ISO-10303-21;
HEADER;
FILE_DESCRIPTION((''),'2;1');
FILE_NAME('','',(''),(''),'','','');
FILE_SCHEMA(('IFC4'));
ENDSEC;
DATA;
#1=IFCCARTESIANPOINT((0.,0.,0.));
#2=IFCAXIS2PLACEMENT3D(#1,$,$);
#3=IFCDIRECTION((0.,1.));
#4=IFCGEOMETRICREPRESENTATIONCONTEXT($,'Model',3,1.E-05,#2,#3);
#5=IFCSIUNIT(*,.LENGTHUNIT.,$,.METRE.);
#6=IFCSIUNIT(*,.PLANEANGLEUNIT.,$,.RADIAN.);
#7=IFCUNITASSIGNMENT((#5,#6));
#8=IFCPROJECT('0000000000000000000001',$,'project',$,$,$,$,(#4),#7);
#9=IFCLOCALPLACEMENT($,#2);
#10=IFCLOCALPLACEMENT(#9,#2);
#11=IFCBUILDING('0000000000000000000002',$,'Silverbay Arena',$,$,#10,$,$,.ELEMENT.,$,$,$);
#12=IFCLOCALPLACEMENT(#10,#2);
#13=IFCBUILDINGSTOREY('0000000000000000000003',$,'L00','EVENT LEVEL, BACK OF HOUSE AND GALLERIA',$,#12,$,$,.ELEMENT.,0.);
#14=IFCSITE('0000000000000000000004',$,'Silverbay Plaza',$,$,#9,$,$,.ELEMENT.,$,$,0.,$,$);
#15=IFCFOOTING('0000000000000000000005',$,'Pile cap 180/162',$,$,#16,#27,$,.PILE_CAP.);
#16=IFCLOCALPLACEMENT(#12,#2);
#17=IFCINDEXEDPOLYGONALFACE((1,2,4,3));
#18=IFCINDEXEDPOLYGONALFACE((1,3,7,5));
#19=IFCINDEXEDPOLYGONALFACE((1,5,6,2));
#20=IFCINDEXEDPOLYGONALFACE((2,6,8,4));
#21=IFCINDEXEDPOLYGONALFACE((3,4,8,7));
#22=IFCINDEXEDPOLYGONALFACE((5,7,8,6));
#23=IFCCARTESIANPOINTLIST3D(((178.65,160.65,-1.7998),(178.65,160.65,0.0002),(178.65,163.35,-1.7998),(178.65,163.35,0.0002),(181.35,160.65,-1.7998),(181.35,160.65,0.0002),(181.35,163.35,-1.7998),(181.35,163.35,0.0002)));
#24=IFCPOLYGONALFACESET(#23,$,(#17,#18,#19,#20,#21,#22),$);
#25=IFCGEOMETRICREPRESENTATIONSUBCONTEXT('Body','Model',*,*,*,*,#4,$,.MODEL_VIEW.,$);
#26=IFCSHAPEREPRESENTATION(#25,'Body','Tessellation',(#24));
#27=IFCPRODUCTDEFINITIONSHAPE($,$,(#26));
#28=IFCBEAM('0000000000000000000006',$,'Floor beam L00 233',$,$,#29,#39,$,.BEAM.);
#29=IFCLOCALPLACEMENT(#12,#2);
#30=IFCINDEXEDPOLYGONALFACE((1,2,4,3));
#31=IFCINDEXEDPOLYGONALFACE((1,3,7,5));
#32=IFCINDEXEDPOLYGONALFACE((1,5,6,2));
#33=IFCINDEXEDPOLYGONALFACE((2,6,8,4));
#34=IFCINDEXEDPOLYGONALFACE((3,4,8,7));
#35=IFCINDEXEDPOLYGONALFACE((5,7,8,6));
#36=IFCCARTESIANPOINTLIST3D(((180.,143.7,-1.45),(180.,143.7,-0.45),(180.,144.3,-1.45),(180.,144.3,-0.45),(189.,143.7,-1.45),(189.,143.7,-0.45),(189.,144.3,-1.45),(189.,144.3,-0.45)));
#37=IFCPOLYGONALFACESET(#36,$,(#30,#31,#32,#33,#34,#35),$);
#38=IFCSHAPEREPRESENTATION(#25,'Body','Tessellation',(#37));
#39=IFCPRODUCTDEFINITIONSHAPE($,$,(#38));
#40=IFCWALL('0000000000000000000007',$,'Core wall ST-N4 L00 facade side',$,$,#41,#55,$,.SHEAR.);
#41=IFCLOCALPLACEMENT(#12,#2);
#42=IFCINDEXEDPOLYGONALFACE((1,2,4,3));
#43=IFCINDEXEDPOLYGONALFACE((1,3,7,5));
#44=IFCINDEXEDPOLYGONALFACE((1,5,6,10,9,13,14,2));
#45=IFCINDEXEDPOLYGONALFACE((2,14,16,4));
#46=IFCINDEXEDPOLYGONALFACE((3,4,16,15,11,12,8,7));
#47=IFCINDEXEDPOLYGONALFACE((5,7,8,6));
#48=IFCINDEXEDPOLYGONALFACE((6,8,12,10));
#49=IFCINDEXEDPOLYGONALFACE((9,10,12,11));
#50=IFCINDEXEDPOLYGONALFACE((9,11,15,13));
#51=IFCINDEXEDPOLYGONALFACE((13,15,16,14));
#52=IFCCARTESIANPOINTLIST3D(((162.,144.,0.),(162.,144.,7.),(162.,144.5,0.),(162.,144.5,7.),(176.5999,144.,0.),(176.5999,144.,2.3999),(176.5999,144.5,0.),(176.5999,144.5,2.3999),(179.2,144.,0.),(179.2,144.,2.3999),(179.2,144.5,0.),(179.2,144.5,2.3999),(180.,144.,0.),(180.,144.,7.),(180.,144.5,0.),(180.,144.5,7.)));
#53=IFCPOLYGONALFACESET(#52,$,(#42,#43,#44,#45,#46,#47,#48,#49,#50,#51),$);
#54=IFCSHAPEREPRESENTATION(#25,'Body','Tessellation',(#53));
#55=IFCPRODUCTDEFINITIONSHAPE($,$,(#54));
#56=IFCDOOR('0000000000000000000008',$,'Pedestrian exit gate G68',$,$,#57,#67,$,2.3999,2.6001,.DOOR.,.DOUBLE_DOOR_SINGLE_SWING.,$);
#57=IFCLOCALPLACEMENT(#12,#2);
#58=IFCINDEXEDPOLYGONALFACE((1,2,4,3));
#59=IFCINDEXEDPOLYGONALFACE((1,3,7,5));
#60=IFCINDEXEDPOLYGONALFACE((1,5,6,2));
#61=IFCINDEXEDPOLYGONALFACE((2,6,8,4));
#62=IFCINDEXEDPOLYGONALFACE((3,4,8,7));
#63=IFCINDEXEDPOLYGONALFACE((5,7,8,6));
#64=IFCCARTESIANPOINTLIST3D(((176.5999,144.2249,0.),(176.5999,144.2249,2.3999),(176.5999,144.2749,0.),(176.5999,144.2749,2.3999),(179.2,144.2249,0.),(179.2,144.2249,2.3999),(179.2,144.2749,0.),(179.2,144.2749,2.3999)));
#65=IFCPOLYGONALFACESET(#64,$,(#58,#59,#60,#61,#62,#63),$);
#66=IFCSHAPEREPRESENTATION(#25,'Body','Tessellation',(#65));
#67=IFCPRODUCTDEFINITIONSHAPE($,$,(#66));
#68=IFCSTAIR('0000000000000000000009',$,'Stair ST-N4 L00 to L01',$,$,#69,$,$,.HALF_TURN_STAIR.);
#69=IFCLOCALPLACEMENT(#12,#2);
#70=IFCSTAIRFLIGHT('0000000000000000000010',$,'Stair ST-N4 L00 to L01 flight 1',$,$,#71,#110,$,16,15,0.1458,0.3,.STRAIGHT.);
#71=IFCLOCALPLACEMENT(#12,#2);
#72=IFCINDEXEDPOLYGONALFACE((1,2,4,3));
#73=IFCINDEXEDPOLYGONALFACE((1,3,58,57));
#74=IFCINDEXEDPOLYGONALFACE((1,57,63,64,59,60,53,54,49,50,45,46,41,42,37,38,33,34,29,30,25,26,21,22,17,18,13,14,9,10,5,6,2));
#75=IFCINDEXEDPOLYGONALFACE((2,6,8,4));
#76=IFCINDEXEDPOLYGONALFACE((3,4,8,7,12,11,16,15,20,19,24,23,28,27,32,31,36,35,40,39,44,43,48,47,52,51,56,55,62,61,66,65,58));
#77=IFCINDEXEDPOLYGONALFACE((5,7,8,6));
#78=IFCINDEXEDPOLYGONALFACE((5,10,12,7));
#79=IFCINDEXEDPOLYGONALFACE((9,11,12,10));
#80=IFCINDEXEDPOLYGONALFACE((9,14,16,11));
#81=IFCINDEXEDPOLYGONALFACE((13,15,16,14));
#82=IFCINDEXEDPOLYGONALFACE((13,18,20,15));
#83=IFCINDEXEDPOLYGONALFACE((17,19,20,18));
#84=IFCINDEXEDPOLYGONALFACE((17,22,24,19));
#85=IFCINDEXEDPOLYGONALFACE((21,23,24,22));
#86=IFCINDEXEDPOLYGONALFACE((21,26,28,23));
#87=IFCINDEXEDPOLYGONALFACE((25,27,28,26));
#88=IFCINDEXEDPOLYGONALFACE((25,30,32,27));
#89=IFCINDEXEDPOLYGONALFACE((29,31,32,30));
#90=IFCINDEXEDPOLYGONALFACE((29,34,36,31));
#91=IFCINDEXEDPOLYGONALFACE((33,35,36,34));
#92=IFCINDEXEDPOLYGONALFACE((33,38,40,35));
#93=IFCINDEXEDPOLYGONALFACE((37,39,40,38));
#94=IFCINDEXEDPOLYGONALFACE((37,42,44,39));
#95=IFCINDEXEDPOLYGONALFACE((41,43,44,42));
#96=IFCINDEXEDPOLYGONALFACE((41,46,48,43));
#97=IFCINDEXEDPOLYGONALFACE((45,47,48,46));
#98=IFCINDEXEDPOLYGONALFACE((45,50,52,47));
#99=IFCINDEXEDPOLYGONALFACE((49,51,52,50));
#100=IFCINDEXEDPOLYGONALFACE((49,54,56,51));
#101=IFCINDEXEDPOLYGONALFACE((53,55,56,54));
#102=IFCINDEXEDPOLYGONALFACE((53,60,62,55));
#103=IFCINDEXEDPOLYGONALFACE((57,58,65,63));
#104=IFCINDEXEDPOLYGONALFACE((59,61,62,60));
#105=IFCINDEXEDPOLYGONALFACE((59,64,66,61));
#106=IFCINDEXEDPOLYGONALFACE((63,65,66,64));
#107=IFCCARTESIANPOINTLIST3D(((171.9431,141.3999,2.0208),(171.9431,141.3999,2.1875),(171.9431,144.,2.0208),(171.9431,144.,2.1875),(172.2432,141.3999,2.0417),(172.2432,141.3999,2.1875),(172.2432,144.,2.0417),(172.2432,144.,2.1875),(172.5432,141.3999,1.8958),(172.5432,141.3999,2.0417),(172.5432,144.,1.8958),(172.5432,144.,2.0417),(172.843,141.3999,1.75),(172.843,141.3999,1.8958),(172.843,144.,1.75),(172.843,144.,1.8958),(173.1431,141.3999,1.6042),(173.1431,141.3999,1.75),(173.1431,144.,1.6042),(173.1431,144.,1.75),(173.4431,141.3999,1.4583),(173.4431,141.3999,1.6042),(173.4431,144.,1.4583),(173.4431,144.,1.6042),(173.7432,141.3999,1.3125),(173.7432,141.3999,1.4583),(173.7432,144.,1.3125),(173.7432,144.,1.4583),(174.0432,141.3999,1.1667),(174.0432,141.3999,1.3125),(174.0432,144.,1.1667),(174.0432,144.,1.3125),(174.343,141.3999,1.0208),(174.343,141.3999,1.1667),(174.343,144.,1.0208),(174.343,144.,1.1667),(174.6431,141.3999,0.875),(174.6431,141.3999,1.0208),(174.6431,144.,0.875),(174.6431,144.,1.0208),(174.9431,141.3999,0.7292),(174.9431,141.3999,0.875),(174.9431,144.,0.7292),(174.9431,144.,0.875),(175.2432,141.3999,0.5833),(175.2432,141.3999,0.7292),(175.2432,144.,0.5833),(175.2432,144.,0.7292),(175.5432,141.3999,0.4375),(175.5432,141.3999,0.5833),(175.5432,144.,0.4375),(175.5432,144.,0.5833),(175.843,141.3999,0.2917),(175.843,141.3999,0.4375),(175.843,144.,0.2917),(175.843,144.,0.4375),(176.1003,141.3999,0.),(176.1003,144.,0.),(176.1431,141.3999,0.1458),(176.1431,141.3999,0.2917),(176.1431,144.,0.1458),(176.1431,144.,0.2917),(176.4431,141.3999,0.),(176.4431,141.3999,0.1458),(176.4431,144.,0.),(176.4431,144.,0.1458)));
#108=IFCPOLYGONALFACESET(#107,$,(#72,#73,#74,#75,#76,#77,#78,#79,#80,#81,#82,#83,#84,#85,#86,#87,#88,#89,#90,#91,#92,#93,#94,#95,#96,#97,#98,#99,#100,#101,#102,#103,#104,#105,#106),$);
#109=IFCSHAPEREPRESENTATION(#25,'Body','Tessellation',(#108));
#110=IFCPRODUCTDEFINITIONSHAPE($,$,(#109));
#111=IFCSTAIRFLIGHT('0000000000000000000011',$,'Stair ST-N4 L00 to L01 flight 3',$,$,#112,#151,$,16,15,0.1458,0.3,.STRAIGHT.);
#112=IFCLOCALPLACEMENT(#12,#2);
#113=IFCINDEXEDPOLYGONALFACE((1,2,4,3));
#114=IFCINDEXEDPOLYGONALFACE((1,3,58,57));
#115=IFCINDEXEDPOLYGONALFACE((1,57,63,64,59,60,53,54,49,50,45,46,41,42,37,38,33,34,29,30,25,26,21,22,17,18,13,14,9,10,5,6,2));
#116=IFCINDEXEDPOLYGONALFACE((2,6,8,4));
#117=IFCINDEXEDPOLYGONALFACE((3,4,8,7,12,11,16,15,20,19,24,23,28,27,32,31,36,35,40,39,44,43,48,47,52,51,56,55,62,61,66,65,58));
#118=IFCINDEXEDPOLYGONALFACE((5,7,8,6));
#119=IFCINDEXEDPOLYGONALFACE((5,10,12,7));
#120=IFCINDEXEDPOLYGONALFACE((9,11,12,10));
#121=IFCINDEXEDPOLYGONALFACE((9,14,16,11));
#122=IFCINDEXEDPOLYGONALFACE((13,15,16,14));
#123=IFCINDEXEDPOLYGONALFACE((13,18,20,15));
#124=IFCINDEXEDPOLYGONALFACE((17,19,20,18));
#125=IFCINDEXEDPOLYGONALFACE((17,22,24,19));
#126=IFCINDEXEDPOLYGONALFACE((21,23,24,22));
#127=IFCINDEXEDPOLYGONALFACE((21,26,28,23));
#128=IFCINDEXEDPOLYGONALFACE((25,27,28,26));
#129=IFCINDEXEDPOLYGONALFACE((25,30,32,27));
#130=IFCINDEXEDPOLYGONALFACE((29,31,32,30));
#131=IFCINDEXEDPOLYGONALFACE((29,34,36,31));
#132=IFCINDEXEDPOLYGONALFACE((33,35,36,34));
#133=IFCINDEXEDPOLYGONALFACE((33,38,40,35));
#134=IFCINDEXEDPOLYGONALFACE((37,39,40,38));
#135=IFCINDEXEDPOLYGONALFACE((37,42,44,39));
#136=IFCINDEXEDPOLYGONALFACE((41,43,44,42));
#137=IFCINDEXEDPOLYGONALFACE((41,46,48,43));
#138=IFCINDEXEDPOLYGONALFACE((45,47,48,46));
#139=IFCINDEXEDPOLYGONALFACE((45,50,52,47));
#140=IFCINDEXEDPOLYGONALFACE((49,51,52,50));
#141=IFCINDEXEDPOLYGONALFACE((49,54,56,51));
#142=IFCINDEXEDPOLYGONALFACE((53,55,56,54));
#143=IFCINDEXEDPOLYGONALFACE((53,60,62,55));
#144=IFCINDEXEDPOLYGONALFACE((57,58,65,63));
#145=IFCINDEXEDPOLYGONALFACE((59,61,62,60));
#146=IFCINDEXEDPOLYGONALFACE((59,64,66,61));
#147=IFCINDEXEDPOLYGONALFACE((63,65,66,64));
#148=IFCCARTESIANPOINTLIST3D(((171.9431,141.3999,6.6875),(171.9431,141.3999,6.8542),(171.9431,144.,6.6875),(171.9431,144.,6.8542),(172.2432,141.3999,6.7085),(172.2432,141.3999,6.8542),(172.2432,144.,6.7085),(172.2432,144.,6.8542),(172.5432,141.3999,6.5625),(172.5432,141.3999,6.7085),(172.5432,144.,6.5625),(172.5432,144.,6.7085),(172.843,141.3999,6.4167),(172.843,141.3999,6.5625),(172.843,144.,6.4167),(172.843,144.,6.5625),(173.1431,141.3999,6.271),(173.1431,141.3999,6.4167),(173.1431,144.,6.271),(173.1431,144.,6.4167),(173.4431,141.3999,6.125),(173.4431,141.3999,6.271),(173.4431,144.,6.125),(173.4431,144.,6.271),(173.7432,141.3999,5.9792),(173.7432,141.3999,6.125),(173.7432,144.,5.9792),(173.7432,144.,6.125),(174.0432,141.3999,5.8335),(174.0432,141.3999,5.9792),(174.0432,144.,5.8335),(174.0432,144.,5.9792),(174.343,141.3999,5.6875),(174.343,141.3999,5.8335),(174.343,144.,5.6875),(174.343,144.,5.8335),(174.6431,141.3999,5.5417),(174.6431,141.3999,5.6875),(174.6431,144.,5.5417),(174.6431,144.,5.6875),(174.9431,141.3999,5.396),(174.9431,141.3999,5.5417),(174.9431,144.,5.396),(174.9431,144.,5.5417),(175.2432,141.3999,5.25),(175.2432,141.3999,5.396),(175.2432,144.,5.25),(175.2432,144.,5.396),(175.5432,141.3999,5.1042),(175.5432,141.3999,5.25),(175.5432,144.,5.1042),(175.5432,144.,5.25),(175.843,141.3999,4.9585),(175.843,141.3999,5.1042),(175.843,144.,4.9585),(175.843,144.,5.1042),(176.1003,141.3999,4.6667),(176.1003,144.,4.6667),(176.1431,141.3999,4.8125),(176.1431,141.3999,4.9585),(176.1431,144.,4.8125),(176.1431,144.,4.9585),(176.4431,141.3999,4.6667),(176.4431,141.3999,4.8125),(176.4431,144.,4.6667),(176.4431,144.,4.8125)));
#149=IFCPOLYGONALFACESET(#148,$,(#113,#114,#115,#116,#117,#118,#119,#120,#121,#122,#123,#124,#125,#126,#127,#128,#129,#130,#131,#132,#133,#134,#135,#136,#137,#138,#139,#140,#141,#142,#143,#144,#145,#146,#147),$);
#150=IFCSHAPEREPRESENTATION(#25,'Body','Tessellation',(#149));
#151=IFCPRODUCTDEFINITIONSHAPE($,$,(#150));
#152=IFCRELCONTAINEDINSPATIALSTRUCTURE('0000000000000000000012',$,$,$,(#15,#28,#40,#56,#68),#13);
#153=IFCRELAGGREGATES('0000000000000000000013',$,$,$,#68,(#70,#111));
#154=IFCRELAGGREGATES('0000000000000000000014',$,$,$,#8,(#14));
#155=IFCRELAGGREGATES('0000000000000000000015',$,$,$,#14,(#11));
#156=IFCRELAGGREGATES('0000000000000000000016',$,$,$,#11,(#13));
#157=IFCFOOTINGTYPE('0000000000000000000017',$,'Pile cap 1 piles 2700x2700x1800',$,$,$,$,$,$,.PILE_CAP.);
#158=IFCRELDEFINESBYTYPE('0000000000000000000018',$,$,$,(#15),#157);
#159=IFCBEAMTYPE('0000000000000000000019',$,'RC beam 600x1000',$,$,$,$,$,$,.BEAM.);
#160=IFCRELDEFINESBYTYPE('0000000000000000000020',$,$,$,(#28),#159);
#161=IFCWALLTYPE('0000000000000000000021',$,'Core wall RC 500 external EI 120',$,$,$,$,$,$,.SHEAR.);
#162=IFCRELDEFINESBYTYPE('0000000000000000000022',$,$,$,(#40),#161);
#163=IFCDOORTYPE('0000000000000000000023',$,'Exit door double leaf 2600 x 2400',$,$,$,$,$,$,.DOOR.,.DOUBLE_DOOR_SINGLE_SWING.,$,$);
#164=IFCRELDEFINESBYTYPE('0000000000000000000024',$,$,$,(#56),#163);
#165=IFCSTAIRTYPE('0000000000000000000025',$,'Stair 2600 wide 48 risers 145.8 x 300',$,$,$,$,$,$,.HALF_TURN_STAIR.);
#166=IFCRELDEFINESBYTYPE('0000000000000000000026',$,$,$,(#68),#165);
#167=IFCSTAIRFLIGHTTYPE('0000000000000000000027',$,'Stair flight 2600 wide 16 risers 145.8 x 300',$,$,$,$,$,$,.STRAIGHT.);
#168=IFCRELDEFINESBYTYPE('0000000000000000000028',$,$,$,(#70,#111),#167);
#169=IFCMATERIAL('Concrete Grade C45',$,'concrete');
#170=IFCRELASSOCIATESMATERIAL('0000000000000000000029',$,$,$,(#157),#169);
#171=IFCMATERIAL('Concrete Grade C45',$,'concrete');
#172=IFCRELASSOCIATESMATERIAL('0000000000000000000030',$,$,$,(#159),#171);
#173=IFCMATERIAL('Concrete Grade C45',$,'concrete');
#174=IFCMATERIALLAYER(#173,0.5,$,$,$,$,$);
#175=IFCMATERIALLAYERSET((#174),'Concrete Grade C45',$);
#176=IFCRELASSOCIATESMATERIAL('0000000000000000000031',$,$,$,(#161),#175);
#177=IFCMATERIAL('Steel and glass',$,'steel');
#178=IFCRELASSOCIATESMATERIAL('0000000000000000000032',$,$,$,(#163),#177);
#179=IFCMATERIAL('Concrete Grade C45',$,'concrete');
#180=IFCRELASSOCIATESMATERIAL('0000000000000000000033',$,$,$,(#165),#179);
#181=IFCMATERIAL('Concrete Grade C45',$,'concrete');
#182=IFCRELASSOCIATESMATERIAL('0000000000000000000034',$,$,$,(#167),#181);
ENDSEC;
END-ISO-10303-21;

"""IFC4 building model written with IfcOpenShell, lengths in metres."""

from ifc_helpers import new_model, si_unit, direction, frame, frame_2d, origin, origin_2d, place, context, subcontext, project, spatial, polyline, rectangle, outline, extrude, material, layer, layer_set, material_profile, profile_set, type_object, element, fill, aggregate, save


model = new_model("IFC4")

# Units and contexts
model_context = context("Model", 3, precision=1e-05, world=origin(), true_north=direction((0.0, 1.0)))
body_context = subcontext(model_context, "Body", "Model", "MODEL_VIEW")
ifc_project = project(units=[si_unit("LENGTHUNIT", "METRE"), si_unit("PLANEANGLEUNIT", "RADIAN")], contexts=[model_context])

# Site, building, storey
site_placement = place(None, origin())
site = spatial("IfcSite", under=ifc_project, at=site_placement, Name="Silverbay Plaza", CompositionType="ELEMENT", RefElevation=0.0)
building_placement = place(site_placement, origin())
building = spatial("IfcBuilding", under=site, at=building_placement, Name="Silverbay Arena", CompositionType="ELEMENT")
storey_placement = place(building_placement, origin())
storey = spatial("IfcBuildingStorey", under=building, at=storey_placement, Name="L00", Description="EVENT LEVEL, BACK OF HOUSE AND GALLERIA", CompositionType="ELEMENT", Elevation=0.0)

# Footing
ifc_material_1 = material(Name="Concrete Grade C45", Category="concrete")
footing_type = type_object("IfcFootingType", Name="Pile cap 1 piles 2700x2700x1800", PredefinedType="PILE_CAP", material=ifc_material_1)
footing_placement = place(storey_placement, frame((180.0, 162.0, -1.7998), z_axis=(0.0, 0.0, 1.0), x_axis=(1.0, 0.0, 0.0)))
element("IfcFooting", 1, at=footing_placement, inside=storey, type_object=footing_type, Name="Pile cap 180/162", PredefinedType="PILE_CAP", context=body_context, shape_type="SweptSolid", body=[
    extrude(rectangle(XDim=2.7, YDim=2.7, at=origin_2d()), origin(), (0.0, 0.0, 1.0), 1.8),
])

# Beam
ifc_material_2 = material(Name="Concrete Grade C45", Category="concrete")
ifc_material_profile = material_profile(ifc_material_2, rectangle(XDim=0.6001, YDim=1.0, at=origin_2d()), Name="RC 600x1000")
ifc_profile_set = profile_set([ifc_material_profile], Name="Concrete Grade C45")
beam_type = type_object("IfcBeamType", Name="RC beam 600x1000", PredefinedType="BEAM", material=ifc_profile_set)
beam_placement = place(storey_placement, frame((180.0, 144.0, -0.95), z_axis=(1.0, 0.0, 0.0), x_axis=(0.0, 1.0, 0.0)))
element("IfcBeam", 2, at=beam_placement, inside=storey, type_object=beam_type, Name="Floor beam L00 233", PredefinedType="BEAM", context=body_context, shape_type="SweptSolid", body=[
    extrude(rectangle(XDim=0.6001, YDim=1.0, at=origin_2d()), origin(), (0.0, 0.0, 1.0), 9.0),
])

# Wall, opening, door
ifc_material_3 = material(Name="Concrete Grade C45", Category="concrete")
ifc_layer = layer(ifc_material_3, 0.5)
ifc_layer_set = layer_set([ifc_layer], Name="Concrete Grade C45")
wall_type = type_object("IfcWallType", Name="Core wall RC 500 external EI 120", PredefinedType="SHEAR", material=ifc_layer_set)
wall_placement = place(storey_placement, frame((180.0, 144.25, 0.0), z_axis=(0.0, 0.0, 1.0), x_axis=(-1.0, 0.0, 0.0)))
wall = element("IfcWall", 3, at=wall_placement, inside=storey, type_object=wall_type, Name="Core wall ST-N4 L00 facade side", PredefinedType="SHEAR", context=body_context, shape_type="SweptSolid", body=[
    extrude(rectangle(XDim=18.0, YDim=0.5, at=frame_2d((9.0, 0.0))), origin(), (0.0, 0.0, 1.0), 7.0),
])
opening_placement = place(wall_placement, frame((0.8, 0.0, 0.0)))
opening = element("IfcOpeningElement", 4, at=opening_placement, cuts=wall, PredefinedType="OPENING", context=body_context, shape_type="SweptSolid", body=[
    extrude(rectangle(XDim=2.6001, YDim=2.3999, at=frame_2d((1.3, 1.2))), frame((0.0, 0.26, 0.0), z_axis=(0.0, -1.0, 0.0), x_axis=(1.0, 0.0, 0.0)), (0.0, 0.0, 1.0), 0.52),
])
ifc_material_4 = material(Name="Steel and glass", Category="steel")
door_type = type_object("IfcDoorType", Name="Exit door double leaf 2600 x 2400", OperationType="DOUBLE_DOOR_SINGLE_SWING", PredefinedType="DOOR", material=ifc_material_4)
door_placement = place(opening_placement, frame((2.6001, 0.0, 0.0), z_axis=(0.0, 0.0, 1.0), x_axis=(-1.0, 0.0, 0.0)))
door = element("IfcDoor", 5, at=door_placement, inside=storey, type_object=door_type, Name="Pedestrian exit gate G68", OperationType="DOUBLE_DOOR_SINGLE_SWING", OverallHeight=2.3999, OverallWidth=2.6001, PredefinedType="DOOR", context=body_context, shape_type="SweptSolid", body=[
    extrude(rectangle(XDim=2.6001, YDim=2.3999, at=frame_2d((1.3, 1.2))), frame((0.0, 0.0249, 0.0), z_axis=(0.0, -1.0, 0.0), x_axis=(1.0, 0.0, 0.0)), (0.0, 0.0, 1.0), 0.05),
])
fill(opening, door)

# Stair, stair flights
ifc_material_5 = material(Name="Concrete Grade C45", Category="concrete")
stair_type = type_object("IfcStairType", Name="Stair 2600 wide 48 risers 145.8 x 300", PredefinedType="HALF_TURN_STAIR", material=ifc_material_5)
stair_placement = place(storey_placement, origin())
stair = element("IfcStair", 6, at=stair_placement, inside=storey, type_object=stair_type, Name="Stair ST-N4 L00 to L01", PredefinedType="HALF_TURN_STAIR")
ifc_material_6 = material(Name="Concrete Grade C45", Category="concrete")
stair_flight_type = type_object("IfcStairFlightType", Name="Stair flight 2600 wide 16 risers 145.8 x 300", PredefinedType="STRAIGHT", material=ifc_material_6)
stair_flight_1_placement = place(storey_placement, frame((176.4431, 142.7, 0.0), z_axis=(0.0, 0.0, 1.0), x_axis=(-1.0, 0.0, 0.0)))
stair_flight_1 = element("IfcStairFlight", 7, at=stair_flight_1_placement, type_object=stair_flight_type, Name="Stair ST-N4 L00 to L01 flight 1", NumberOfRisers=16, NumberOfTreads=15, PredefinedType="STRAIGHT", RiserHeight=0.1458, TreadLength=0.3, context=body_context, shape_type="SweptSolid", body=[
    extrude(outline(polyline([(0.0, 0.0), (0.0, 0.1458), (0.3, 0.1458), (0.3, 0.2917), (0.6001, 0.2917), (0.6001, 0.4375), (0.8999, 0.4375), (0.8999, 0.5833), (1.2, 0.5833), (1.2, 0.7292), (1.5, 0.7292), (1.5, 0.875), (1.8, 0.875), (1.8, 1.0208), (2.1001, 1.0208), (2.1001, 1.1667), (2.3999, 1.1667), (2.3999, 1.3125), (2.7, 1.3125), (2.7, 1.4583), (3.0, 1.4583), (3.0, 1.6042), (3.3, 1.6042), (3.3, 1.75), (3.6001, 1.75), (3.6001, 1.8958), (3.8999, 1.8958), (3.8999, 2.0417), (4.2, 2.0417), (4.2, 2.1875), (4.5, 2.1875), (4.5, 2.0208), (0.3428, 0.0), (0.0, 0.0)])), frame((0.0, 1.3, 0.0), z_axis=(0.0, -1.0, 0.0), x_axis=(1.0, 0.0, 0.0)), (0.0, 0.0, 1.0), 2.6001),
])
stair_flight_2_placement = place(storey_placement, frame((176.4431, 142.7, 4.6667), z_axis=(0.0, 0.0, 1.0), x_axis=(-1.0, 0.0, 0.0)))
stair_flight_2 = element("IfcStairFlight", 8, at=stair_flight_2_placement, type_object=stair_flight_type, Name="Stair ST-N4 L00 to L01 flight 3", NumberOfRisers=16, NumberOfTreads=15, PredefinedType="STRAIGHT", RiserHeight=0.1458, TreadLength=0.3, context=body_context, shape_type="SweptSolid", body=[
    extrude(outline(polyline([(0.0, 0.0), (0.0, 0.1458), (0.3, 0.1458), (0.3, 0.2917), (0.6001, 0.2917), (0.6001, 0.4375), (0.8999, 0.4375), (0.8999, 0.5833), (1.2, 0.5833), (1.2, 0.7292), (1.5, 0.7292), (1.5, 0.875), (1.8, 0.875), (1.8, 1.0208), (2.1001, 1.0208), (2.1001, 1.1667), (2.3999, 1.1667), (2.3999, 1.3125), (2.7, 1.3125), (2.7, 1.4583), (3.0, 1.4583), (3.0, 1.6042), (3.3, 1.6042), (3.3, 1.75), (3.6001, 1.75), (3.6001, 1.8958), (3.8999, 1.8958), (3.8999, 2.0417), (4.2, 2.0417), (4.2, 2.1875), (4.5, 2.1875), (4.5, 2.0208), (0.3428, 0.0), (0.0, 0.0)])), frame((0.0, 1.3, 0.0), z_axis=(0.0, -1.0, 0.0), x_axis=(1.0, 0.0, 0.0)), (0.0, 0.0, 1.0), 2.6001),
])
aggregate(stair, [stair_flight_1, stair_flight_2])

save(model, "model.ifc")
